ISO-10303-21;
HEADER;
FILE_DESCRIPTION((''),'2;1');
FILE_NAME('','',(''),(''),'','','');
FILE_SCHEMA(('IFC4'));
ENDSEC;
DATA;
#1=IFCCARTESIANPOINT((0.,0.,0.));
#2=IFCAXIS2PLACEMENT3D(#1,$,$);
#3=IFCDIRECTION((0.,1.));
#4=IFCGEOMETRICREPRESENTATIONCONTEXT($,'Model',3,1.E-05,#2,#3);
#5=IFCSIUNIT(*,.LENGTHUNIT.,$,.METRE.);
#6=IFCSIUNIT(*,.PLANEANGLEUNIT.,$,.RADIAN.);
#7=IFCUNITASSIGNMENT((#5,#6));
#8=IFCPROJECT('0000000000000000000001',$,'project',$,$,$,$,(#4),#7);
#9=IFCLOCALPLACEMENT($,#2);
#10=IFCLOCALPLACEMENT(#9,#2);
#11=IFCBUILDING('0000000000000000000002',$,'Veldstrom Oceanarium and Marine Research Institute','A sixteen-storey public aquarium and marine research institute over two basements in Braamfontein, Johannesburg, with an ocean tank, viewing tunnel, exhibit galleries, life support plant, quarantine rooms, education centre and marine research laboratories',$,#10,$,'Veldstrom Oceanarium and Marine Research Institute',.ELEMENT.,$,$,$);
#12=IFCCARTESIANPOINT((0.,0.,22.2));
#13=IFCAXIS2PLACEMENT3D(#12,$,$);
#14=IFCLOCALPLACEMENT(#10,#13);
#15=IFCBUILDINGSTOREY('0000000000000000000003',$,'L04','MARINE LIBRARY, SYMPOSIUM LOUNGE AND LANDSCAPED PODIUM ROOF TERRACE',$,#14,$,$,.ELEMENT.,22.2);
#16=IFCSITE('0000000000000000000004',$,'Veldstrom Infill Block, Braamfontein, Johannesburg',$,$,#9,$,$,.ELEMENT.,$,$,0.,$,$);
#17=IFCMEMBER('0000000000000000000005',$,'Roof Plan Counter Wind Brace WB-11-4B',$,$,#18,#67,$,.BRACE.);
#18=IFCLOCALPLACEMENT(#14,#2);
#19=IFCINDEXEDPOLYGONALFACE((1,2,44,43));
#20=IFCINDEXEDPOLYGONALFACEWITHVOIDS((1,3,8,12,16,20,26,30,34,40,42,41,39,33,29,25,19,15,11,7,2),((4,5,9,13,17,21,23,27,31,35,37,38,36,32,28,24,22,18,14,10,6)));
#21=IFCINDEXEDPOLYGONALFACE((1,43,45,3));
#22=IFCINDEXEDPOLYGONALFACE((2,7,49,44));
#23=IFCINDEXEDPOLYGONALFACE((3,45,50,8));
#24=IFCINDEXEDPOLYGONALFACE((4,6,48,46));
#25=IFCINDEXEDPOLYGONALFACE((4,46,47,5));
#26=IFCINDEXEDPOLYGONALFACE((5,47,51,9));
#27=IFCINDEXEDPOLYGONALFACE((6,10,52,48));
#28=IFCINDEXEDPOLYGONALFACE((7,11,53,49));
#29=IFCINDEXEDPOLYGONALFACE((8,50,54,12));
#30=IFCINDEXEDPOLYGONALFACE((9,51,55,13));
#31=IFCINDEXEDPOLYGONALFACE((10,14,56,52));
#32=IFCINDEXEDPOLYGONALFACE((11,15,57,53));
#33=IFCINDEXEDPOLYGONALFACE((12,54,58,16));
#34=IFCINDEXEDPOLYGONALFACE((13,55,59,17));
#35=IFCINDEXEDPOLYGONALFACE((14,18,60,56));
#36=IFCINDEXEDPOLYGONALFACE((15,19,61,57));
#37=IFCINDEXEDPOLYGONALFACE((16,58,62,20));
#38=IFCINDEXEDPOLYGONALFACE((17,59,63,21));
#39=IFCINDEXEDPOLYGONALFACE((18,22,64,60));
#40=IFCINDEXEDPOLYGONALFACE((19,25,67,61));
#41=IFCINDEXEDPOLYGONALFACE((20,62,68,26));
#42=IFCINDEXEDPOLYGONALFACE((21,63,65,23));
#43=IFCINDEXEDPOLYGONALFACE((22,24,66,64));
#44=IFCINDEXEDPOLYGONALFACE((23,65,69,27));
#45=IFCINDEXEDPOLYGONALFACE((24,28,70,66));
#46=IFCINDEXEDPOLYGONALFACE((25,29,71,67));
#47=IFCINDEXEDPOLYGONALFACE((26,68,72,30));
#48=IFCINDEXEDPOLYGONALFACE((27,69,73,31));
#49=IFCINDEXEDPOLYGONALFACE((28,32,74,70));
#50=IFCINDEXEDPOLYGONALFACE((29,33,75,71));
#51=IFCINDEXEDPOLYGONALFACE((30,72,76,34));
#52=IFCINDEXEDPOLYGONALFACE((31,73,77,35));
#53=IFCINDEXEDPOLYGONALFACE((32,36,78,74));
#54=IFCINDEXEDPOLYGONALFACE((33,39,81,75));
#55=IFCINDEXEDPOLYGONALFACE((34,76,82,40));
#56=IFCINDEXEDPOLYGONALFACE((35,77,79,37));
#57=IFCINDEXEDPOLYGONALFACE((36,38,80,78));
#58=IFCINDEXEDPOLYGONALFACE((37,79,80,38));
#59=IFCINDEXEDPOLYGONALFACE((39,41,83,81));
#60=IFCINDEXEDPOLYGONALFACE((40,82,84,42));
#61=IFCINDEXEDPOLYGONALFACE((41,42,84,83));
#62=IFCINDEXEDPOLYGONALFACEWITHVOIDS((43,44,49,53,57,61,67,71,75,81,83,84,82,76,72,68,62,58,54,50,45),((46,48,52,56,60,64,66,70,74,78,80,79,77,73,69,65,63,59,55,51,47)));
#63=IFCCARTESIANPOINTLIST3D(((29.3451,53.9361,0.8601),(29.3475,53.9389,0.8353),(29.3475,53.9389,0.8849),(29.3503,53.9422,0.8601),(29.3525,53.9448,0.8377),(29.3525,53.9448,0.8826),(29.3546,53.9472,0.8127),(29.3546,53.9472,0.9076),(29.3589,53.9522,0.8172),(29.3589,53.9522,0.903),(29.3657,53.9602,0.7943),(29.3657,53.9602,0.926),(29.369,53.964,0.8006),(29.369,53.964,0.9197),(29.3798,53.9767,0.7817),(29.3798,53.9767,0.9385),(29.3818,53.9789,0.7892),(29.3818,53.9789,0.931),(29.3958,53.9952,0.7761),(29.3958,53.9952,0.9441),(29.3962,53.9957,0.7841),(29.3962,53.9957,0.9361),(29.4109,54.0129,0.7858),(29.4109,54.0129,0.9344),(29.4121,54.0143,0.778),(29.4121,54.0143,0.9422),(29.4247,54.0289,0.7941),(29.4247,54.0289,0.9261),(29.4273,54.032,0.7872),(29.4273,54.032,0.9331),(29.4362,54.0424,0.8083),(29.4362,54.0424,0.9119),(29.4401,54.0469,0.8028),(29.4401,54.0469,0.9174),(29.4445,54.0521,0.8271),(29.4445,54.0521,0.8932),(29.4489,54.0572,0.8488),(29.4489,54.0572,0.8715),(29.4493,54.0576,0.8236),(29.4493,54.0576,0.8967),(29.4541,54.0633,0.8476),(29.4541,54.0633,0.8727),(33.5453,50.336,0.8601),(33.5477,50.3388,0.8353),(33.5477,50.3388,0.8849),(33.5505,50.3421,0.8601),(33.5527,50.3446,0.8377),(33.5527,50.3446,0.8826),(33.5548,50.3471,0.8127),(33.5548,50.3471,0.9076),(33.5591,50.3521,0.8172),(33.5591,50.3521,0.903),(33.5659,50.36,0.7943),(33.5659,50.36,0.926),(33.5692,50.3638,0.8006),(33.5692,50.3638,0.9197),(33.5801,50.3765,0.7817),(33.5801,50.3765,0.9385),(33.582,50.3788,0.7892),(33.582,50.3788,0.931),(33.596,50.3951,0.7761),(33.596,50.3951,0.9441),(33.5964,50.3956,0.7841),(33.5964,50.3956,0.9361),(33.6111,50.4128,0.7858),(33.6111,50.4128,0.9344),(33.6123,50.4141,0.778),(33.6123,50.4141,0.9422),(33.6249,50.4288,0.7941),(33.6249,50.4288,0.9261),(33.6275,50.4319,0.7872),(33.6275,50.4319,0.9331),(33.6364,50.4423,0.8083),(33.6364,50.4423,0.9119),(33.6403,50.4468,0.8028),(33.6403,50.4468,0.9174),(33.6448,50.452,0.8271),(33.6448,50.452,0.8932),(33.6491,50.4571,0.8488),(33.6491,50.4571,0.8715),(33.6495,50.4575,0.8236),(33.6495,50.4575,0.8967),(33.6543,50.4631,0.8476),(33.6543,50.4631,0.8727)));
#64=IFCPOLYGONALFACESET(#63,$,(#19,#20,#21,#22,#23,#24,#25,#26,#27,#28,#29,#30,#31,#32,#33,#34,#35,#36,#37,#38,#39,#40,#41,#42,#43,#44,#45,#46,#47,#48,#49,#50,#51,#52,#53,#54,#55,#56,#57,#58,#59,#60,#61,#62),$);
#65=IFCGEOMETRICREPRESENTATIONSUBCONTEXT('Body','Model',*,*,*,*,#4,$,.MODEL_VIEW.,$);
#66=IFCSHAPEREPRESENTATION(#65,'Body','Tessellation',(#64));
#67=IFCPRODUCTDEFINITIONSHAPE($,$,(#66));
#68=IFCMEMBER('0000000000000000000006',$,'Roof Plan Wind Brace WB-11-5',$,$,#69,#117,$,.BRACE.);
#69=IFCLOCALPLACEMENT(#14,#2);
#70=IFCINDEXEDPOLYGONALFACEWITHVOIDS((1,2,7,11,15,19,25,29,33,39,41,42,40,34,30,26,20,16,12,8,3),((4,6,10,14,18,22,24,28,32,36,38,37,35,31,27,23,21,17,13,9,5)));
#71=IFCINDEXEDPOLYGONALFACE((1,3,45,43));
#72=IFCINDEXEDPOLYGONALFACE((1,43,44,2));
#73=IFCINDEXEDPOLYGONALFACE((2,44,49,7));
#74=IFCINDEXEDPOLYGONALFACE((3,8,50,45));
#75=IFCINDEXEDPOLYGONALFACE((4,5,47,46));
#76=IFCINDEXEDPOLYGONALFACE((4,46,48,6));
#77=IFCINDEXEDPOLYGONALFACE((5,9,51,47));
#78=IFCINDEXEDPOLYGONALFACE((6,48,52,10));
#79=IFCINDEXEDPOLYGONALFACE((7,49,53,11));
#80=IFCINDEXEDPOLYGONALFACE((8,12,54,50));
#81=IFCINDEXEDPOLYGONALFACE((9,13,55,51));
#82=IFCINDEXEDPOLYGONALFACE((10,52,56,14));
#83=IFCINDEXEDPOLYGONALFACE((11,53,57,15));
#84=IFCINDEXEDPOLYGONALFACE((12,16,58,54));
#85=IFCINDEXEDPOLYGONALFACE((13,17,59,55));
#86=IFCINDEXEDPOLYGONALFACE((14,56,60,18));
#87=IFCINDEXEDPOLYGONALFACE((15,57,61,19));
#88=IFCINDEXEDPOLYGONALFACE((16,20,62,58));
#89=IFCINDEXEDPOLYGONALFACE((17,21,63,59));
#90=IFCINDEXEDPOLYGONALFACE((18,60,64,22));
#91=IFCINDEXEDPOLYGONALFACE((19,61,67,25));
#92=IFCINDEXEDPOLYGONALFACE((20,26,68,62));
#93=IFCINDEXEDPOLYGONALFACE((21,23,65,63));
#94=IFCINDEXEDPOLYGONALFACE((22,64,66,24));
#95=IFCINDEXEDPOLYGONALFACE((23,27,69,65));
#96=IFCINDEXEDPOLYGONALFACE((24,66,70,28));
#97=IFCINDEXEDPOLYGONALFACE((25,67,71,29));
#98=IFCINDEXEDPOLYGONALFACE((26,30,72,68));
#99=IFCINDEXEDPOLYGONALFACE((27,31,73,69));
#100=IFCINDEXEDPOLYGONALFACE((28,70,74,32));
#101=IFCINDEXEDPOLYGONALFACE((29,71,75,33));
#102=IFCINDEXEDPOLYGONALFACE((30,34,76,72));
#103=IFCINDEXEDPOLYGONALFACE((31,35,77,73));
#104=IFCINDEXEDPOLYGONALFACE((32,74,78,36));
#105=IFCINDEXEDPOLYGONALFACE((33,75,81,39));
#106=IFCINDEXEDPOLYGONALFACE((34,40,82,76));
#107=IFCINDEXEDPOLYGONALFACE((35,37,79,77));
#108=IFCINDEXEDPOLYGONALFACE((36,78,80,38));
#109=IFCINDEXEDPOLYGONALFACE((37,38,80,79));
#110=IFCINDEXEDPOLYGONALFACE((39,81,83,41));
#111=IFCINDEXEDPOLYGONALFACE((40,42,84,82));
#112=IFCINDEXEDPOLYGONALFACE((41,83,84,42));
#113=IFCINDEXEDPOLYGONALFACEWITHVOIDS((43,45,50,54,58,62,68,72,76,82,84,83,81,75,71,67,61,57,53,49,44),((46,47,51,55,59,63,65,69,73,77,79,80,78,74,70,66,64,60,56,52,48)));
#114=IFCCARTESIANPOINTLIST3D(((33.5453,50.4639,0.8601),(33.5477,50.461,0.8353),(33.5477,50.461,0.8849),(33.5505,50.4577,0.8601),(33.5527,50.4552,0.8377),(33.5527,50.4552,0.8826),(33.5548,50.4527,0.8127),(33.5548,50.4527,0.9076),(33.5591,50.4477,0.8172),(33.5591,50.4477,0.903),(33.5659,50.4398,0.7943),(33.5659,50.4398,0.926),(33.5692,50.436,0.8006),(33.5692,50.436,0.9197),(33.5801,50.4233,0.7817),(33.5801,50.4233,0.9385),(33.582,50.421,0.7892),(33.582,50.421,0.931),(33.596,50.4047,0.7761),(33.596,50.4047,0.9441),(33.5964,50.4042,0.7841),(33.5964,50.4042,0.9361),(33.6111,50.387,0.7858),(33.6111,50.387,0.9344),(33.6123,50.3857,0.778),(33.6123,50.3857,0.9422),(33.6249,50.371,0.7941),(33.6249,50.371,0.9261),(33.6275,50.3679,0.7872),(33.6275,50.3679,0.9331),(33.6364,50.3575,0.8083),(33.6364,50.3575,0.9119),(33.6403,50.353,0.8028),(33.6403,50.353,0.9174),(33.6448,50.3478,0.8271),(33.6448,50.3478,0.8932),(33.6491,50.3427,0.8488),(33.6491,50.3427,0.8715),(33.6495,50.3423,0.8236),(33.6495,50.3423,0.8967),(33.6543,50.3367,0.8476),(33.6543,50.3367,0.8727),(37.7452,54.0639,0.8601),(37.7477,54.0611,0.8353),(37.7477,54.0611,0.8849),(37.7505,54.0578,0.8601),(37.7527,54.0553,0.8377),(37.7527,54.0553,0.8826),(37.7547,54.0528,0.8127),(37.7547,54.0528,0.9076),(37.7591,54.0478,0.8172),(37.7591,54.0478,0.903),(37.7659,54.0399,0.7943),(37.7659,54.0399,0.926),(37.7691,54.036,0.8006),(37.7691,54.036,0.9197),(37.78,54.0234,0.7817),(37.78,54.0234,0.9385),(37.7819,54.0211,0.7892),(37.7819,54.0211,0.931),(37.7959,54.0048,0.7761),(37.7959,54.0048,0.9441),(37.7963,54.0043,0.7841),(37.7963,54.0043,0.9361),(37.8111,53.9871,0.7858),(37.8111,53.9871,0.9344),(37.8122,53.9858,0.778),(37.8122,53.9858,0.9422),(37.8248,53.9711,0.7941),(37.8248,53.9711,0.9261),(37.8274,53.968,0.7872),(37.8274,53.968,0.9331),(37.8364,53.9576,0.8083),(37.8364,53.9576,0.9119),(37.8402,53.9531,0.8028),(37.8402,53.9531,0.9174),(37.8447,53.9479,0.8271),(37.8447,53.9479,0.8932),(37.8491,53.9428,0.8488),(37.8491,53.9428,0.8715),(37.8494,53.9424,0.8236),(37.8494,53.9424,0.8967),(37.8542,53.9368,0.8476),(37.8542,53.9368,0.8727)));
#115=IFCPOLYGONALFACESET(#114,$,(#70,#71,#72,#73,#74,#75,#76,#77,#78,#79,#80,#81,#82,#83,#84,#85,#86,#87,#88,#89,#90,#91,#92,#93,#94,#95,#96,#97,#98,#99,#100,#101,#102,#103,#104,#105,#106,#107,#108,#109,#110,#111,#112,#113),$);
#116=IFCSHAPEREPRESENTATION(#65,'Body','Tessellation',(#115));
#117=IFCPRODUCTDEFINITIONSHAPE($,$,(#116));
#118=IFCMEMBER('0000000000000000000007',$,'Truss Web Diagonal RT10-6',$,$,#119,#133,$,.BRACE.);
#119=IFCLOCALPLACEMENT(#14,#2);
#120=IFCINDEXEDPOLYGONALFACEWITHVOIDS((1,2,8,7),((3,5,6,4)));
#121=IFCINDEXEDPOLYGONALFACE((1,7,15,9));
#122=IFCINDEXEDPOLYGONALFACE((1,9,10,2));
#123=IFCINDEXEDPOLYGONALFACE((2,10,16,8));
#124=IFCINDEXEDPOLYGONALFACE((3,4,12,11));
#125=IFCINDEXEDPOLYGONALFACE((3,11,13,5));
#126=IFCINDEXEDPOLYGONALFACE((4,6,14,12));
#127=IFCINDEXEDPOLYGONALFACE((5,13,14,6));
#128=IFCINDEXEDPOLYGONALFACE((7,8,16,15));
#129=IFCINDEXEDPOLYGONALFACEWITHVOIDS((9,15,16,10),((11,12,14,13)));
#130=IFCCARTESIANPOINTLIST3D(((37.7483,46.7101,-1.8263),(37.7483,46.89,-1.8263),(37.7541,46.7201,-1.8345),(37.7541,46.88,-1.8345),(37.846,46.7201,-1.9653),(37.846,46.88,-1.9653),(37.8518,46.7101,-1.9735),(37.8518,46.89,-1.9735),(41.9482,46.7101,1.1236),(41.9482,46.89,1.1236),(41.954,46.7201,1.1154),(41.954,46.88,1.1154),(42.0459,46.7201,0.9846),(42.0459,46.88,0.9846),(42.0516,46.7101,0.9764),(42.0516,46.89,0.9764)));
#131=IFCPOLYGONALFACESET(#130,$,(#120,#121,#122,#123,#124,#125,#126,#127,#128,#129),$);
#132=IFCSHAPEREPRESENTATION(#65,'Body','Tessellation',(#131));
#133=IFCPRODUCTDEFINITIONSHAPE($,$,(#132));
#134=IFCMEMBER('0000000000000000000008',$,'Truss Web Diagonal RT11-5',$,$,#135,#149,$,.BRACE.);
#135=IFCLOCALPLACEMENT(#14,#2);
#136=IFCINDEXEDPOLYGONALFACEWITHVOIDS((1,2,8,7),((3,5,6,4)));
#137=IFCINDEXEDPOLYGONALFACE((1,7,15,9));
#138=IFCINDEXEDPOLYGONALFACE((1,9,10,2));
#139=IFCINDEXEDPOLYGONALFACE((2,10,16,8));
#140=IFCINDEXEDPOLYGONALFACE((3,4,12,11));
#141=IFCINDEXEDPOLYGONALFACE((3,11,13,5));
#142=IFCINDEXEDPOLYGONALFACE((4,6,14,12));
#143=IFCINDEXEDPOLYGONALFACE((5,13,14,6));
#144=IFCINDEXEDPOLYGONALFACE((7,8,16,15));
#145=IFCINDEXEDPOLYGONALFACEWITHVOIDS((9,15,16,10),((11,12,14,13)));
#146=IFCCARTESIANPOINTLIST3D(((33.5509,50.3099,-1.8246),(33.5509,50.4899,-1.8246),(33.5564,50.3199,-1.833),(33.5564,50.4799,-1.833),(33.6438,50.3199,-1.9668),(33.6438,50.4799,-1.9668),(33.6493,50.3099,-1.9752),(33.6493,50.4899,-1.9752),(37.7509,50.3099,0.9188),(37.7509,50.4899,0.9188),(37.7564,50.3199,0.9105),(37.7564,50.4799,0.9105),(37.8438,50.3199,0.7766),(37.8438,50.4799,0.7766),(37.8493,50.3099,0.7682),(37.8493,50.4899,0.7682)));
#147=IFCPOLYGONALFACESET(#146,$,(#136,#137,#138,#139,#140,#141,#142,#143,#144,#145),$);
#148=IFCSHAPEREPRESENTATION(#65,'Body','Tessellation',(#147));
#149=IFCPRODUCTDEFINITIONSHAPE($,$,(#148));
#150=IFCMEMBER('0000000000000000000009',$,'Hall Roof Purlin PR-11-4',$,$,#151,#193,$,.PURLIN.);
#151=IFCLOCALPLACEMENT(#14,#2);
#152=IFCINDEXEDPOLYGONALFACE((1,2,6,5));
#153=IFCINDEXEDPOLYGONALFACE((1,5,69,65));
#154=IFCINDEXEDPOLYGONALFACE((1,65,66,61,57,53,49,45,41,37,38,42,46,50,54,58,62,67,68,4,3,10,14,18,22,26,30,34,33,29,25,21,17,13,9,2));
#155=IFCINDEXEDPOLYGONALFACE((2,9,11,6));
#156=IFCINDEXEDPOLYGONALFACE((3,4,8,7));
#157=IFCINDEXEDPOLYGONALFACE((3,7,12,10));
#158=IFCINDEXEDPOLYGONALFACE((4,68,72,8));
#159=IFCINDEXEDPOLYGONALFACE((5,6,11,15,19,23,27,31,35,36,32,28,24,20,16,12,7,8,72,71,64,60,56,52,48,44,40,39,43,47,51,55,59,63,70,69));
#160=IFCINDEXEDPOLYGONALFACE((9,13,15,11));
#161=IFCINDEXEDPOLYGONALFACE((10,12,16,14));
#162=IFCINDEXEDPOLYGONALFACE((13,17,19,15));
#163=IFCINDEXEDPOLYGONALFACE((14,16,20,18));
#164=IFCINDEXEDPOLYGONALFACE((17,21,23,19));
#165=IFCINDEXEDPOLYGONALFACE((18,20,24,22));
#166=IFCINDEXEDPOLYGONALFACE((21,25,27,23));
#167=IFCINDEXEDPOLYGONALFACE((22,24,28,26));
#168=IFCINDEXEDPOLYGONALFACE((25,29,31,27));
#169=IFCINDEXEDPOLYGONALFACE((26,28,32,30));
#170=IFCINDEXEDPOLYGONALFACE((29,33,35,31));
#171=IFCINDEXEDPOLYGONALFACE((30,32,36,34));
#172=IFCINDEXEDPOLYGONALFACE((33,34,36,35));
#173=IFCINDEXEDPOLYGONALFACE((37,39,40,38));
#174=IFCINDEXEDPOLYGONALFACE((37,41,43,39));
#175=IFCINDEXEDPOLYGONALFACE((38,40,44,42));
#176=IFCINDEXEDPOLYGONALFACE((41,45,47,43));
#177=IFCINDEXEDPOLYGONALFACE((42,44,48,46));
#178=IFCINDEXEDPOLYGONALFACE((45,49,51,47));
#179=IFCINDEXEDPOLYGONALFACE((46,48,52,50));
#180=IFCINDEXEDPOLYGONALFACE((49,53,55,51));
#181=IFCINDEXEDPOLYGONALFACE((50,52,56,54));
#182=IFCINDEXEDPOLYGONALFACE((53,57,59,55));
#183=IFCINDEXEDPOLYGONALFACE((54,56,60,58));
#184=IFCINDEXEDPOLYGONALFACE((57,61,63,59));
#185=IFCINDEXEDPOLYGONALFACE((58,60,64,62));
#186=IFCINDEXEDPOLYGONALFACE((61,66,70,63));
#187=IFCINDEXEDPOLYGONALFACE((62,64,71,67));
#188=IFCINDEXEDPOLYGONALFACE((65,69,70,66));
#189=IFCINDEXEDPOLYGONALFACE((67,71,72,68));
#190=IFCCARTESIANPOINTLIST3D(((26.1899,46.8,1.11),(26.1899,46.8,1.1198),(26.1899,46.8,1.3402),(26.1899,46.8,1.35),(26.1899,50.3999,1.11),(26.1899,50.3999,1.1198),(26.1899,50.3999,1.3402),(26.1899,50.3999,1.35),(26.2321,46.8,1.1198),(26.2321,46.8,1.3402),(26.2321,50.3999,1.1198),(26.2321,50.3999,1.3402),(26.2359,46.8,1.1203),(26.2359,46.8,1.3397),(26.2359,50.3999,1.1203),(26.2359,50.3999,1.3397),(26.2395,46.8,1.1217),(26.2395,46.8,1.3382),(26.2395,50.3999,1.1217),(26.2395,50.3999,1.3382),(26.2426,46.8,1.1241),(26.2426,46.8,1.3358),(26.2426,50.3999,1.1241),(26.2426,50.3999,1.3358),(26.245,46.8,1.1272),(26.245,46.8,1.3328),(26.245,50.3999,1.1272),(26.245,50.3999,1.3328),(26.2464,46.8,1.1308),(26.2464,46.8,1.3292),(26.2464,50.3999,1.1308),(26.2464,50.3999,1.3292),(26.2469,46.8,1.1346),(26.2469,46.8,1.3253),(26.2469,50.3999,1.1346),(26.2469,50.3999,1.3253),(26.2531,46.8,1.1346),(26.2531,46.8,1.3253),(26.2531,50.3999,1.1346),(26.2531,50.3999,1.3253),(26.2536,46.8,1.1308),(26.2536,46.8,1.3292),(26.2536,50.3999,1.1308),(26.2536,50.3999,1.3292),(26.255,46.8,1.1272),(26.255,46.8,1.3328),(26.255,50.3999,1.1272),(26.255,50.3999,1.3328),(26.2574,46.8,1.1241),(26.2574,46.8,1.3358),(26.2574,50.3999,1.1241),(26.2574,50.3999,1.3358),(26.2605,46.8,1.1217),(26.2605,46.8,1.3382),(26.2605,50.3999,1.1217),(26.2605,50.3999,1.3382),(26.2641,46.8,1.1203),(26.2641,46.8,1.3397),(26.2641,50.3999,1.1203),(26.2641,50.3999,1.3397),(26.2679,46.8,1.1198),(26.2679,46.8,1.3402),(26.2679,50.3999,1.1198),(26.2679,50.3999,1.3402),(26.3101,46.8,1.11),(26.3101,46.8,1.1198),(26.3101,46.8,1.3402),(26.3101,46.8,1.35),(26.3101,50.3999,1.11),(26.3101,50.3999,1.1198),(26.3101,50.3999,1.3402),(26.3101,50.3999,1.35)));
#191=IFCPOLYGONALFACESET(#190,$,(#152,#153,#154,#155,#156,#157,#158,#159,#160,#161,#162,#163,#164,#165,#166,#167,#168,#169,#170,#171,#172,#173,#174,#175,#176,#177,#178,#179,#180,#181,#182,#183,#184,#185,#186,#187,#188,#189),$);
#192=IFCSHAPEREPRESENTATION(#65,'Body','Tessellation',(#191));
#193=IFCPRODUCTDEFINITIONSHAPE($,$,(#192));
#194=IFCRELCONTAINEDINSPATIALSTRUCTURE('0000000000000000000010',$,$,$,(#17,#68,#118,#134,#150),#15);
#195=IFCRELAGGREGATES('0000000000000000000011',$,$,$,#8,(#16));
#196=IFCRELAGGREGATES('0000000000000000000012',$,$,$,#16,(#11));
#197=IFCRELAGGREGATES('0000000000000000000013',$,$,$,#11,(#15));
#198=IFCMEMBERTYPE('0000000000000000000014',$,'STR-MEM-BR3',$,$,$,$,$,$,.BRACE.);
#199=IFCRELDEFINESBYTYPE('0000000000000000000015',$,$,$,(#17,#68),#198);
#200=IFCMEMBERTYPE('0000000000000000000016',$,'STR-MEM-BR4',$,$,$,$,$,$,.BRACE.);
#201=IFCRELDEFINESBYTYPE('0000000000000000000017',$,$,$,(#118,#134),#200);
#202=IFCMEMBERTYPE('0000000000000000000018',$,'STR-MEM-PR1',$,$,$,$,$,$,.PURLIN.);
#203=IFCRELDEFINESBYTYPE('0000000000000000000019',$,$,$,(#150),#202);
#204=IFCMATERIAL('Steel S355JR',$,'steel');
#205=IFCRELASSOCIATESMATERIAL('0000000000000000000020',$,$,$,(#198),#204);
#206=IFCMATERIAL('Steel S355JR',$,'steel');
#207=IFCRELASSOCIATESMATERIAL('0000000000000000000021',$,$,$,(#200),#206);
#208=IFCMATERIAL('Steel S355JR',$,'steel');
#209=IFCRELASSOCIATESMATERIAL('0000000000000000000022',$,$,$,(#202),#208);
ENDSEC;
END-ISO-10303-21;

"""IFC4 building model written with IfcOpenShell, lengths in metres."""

from ifc_helpers import new_model, si_unit, direction, frame, origin, origin_2d, place, context, subcontext, project, spatial, hollow_rectangle, hollow_circle, i_section, extrude, material, material_profile, profile_set, type_object, element, save


model = new_model("IFC4")

# Units and contexts
model_context = context("Model", 3, precision=1e-05, world=origin(), true_north=direction((0.0, 1.0)))
body_context = subcontext(model_context, "Body", "Model", "MODEL_VIEW")
ifc_project = project(units=[si_unit("LENGTHUNIT", "METRE"), si_unit("PLANEANGLEUNIT", "RADIAN")], contexts=[model_context])

# Site, building, storey
site_placement = place(None, origin())
site = spatial("IfcSite", under=ifc_project, at=site_placement, Name="Veldstrom Infill Block, Braamfontein, Johannesburg", CompositionType="ELEMENT", RefElevation=0.0)
building_placement = place(site_placement, origin())
building = spatial("IfcBuilding", under=site, at=building_placement, Name="Veldstrom Oceanarium and Marine Research Institute", Description="A sixteen-storey public aquarium and marine research institute over two basements in Braamfontein, Johannesburg, with an ocean tank, viewing tunnel, exhibit galleries, life support plant, quarantine rooms, education centre and marine research laboratories", LongName="Veldstrom Oceanarium and Marine Research Institute", CompositionType="ELEMENT")
storey_placement = place(building_placement, frame((0.0, 0.0, 22.2)))
storey = spatial("IfcBuildingStorey", under=building, at=storey_placement, Name="L04", Description="MARINE LIBRARY, SYMPOSIUM LOUNGE AND LANDSCAPED PODIUM ROOF TERRACE", CompositionType="ELEMENT", Elevation=22.2)

# Members
ifc_material_1 = material(Name="Steel S355JR", Category="steel")
ifc_material_profile_1 = material_profile(ifc_material_1, hollow_circle(Radius=0.0842, WallThickness=0.0081, at=origin_2d()), Name="CHS 168.3x8")
ifc_profile_set_1 = profile_set([ifc_material_profile_1], Name="Steel S355JR")
member_type_1 = type_object("IfcMemberType", Name="STR-MEM-BR3", PredefinedType="BRACE", material=ifc_profile_set_1)
for number, where, z_axis, x_axis, name in (
    (1, (33.6001, 50.3999, 0.8601), (-0.759263, 0.650784, 0.0), (-0.650784, -0.759263, 0.0), "Roof Plan Counter Wind Brace WB-11-4B"),
):
    element("IfcMember", number, at=place(storey_placement, frame(where, z_axis=z_axis, x_axis=x_axis)), inside=storey, type_object=member_type_1, Name=name, PredefinedType="BRACE", context=body_context, shape_type="SweptSolid", body=[
        extrude(hollow_circle(Radius=0.0842, WallThickness=0.0081, at=origin_2d()), origin(), (0.0, 0.0, 1.0), 5.532),
    ])
member_1_placement = place(storey_placement, frame((33.6001, 50.3999, 0.8601), z_axis=(0.759244, 0.650806, 0.0), x_axis=(-0.650806, 0.759244, 0.0)))
element("IfcMember", 2, at=member_1_placement, inside=storey, type_object=member_type_1, Name="Roof Plan Wind Brace WB-11-5", PredefinedType="BRACE", context=body_context, shape_type="SweptSolid", body=[
    extrude(hollow_circle(Radius=0.0842, WallThickness=0.0081, at=origin_2d()), origin(), (0.0, 0.0, 1.0), 5.5317),
])
ifc_material_2 = material(Name="Steel S355JR", Category="steel")
ifc_material_profile_2 = material_profile(ifc_material_2, hollow_rectangle(XDim=0.1799, YDim=0.1799, WallThickness=0.01, at=origin_2d()), Name="SHS 180x180x10")
ifc_profile_set_2 = profile_set([ifc_material_profile_2], Name="Steel S355JR")
member_type_2 = type_object("IfcMemberType", Name="STR-MEM-BR4", PredefinedType="BRACE", material=ifc_profile_set_2)
member_2_placement = place(storey_placement, frame((37.8, 46.8, -1.8999), z_axis=(0.818317, 0.0, 0.574767), x_axis=(0.0, 1.0, 0.0)))
element("IfcMember", 3, at=member_2_placement, inside=storey, type_object=member_type_2, Name="Truss Web Diagonal RT10-6", PredefinedType="BRACE", context=body_context, shape_type="SweptSolid", body=[
    extrude(hollow_rectangle(XDim=0.1799, YDim=0.1799, WallThickness=0.01, at=origin_2d()), origin(), (0.0, 0.0, 1.0), 5.1323),
])
member_3_placement = place(storey_placement, frame((33.6001, 50.3999, -1.8999), z_axis=(0.837217, 0.0, 0.54687), x_axis=(0.0, 1.0, 0.0)))
element("IfcMember", 4, at=member_3_placement, inside=storey, type_object=member_type_2, Name="Truss Web Diagonal RT11-5", PredefinedType="BRACE", context=body_context, shape_type="SweptSolid", body=[
    extrude(hollow_rectangle(XDim=0.1799, YDim=0.1799, WallThickness=0.01, at=origin_2d()), origin(), (0.0, 0.0, 1.0), 5.0166),
])
ifc_material_3 = material(Name="Steel S355JR", Category="steel")
ifc_material_profile_3 = material_profile(ifc_material_3, i_section(OverallWidth=0.1201, OverallDepth=0.24, WebThickness=0.0061, FlangeThickness=0.0098, FilletRadius=0.0149, at=origin_2d()), Name="IPE 240")
ifc_profile_set_3 = profile_set([ifc_material_profile_3], Name="Steel S355JR")
member_type_3 = type_object("IfcMemberType", Name="STR-MEM-PR1", PredefinedType="PURLIN", material=ifc_profile_set_3)
for number, where, z_axis, x_axis, name in (
    (5, (26.25, 46.8, 1.23), (0.0, 1.0, 0.0), (-1.0, 0.0, 0.0), "Hall Roof Purlin PR-11-4"),
):
    element("IfcMember", number, at=place(storey_placement, frame(where, z_axis=z_axis, x_axis=x_axis)), inside=storey, type_object=member_type_3, Name=name, PredefinedType="PURLIN", context=body_context, shape_type="SweptSolid", body=[
        extrude(i_section(OverallWidth=0.1201, OverallDepth=0.24, WebThickness=0.0061, FlangeThickness=0.0098, FilletRadius=0.0149, at=origin_2d()), origin(), (0.0, 0.0, 1.0), 3.5999),
    ])

save(model, "model.ifc")
